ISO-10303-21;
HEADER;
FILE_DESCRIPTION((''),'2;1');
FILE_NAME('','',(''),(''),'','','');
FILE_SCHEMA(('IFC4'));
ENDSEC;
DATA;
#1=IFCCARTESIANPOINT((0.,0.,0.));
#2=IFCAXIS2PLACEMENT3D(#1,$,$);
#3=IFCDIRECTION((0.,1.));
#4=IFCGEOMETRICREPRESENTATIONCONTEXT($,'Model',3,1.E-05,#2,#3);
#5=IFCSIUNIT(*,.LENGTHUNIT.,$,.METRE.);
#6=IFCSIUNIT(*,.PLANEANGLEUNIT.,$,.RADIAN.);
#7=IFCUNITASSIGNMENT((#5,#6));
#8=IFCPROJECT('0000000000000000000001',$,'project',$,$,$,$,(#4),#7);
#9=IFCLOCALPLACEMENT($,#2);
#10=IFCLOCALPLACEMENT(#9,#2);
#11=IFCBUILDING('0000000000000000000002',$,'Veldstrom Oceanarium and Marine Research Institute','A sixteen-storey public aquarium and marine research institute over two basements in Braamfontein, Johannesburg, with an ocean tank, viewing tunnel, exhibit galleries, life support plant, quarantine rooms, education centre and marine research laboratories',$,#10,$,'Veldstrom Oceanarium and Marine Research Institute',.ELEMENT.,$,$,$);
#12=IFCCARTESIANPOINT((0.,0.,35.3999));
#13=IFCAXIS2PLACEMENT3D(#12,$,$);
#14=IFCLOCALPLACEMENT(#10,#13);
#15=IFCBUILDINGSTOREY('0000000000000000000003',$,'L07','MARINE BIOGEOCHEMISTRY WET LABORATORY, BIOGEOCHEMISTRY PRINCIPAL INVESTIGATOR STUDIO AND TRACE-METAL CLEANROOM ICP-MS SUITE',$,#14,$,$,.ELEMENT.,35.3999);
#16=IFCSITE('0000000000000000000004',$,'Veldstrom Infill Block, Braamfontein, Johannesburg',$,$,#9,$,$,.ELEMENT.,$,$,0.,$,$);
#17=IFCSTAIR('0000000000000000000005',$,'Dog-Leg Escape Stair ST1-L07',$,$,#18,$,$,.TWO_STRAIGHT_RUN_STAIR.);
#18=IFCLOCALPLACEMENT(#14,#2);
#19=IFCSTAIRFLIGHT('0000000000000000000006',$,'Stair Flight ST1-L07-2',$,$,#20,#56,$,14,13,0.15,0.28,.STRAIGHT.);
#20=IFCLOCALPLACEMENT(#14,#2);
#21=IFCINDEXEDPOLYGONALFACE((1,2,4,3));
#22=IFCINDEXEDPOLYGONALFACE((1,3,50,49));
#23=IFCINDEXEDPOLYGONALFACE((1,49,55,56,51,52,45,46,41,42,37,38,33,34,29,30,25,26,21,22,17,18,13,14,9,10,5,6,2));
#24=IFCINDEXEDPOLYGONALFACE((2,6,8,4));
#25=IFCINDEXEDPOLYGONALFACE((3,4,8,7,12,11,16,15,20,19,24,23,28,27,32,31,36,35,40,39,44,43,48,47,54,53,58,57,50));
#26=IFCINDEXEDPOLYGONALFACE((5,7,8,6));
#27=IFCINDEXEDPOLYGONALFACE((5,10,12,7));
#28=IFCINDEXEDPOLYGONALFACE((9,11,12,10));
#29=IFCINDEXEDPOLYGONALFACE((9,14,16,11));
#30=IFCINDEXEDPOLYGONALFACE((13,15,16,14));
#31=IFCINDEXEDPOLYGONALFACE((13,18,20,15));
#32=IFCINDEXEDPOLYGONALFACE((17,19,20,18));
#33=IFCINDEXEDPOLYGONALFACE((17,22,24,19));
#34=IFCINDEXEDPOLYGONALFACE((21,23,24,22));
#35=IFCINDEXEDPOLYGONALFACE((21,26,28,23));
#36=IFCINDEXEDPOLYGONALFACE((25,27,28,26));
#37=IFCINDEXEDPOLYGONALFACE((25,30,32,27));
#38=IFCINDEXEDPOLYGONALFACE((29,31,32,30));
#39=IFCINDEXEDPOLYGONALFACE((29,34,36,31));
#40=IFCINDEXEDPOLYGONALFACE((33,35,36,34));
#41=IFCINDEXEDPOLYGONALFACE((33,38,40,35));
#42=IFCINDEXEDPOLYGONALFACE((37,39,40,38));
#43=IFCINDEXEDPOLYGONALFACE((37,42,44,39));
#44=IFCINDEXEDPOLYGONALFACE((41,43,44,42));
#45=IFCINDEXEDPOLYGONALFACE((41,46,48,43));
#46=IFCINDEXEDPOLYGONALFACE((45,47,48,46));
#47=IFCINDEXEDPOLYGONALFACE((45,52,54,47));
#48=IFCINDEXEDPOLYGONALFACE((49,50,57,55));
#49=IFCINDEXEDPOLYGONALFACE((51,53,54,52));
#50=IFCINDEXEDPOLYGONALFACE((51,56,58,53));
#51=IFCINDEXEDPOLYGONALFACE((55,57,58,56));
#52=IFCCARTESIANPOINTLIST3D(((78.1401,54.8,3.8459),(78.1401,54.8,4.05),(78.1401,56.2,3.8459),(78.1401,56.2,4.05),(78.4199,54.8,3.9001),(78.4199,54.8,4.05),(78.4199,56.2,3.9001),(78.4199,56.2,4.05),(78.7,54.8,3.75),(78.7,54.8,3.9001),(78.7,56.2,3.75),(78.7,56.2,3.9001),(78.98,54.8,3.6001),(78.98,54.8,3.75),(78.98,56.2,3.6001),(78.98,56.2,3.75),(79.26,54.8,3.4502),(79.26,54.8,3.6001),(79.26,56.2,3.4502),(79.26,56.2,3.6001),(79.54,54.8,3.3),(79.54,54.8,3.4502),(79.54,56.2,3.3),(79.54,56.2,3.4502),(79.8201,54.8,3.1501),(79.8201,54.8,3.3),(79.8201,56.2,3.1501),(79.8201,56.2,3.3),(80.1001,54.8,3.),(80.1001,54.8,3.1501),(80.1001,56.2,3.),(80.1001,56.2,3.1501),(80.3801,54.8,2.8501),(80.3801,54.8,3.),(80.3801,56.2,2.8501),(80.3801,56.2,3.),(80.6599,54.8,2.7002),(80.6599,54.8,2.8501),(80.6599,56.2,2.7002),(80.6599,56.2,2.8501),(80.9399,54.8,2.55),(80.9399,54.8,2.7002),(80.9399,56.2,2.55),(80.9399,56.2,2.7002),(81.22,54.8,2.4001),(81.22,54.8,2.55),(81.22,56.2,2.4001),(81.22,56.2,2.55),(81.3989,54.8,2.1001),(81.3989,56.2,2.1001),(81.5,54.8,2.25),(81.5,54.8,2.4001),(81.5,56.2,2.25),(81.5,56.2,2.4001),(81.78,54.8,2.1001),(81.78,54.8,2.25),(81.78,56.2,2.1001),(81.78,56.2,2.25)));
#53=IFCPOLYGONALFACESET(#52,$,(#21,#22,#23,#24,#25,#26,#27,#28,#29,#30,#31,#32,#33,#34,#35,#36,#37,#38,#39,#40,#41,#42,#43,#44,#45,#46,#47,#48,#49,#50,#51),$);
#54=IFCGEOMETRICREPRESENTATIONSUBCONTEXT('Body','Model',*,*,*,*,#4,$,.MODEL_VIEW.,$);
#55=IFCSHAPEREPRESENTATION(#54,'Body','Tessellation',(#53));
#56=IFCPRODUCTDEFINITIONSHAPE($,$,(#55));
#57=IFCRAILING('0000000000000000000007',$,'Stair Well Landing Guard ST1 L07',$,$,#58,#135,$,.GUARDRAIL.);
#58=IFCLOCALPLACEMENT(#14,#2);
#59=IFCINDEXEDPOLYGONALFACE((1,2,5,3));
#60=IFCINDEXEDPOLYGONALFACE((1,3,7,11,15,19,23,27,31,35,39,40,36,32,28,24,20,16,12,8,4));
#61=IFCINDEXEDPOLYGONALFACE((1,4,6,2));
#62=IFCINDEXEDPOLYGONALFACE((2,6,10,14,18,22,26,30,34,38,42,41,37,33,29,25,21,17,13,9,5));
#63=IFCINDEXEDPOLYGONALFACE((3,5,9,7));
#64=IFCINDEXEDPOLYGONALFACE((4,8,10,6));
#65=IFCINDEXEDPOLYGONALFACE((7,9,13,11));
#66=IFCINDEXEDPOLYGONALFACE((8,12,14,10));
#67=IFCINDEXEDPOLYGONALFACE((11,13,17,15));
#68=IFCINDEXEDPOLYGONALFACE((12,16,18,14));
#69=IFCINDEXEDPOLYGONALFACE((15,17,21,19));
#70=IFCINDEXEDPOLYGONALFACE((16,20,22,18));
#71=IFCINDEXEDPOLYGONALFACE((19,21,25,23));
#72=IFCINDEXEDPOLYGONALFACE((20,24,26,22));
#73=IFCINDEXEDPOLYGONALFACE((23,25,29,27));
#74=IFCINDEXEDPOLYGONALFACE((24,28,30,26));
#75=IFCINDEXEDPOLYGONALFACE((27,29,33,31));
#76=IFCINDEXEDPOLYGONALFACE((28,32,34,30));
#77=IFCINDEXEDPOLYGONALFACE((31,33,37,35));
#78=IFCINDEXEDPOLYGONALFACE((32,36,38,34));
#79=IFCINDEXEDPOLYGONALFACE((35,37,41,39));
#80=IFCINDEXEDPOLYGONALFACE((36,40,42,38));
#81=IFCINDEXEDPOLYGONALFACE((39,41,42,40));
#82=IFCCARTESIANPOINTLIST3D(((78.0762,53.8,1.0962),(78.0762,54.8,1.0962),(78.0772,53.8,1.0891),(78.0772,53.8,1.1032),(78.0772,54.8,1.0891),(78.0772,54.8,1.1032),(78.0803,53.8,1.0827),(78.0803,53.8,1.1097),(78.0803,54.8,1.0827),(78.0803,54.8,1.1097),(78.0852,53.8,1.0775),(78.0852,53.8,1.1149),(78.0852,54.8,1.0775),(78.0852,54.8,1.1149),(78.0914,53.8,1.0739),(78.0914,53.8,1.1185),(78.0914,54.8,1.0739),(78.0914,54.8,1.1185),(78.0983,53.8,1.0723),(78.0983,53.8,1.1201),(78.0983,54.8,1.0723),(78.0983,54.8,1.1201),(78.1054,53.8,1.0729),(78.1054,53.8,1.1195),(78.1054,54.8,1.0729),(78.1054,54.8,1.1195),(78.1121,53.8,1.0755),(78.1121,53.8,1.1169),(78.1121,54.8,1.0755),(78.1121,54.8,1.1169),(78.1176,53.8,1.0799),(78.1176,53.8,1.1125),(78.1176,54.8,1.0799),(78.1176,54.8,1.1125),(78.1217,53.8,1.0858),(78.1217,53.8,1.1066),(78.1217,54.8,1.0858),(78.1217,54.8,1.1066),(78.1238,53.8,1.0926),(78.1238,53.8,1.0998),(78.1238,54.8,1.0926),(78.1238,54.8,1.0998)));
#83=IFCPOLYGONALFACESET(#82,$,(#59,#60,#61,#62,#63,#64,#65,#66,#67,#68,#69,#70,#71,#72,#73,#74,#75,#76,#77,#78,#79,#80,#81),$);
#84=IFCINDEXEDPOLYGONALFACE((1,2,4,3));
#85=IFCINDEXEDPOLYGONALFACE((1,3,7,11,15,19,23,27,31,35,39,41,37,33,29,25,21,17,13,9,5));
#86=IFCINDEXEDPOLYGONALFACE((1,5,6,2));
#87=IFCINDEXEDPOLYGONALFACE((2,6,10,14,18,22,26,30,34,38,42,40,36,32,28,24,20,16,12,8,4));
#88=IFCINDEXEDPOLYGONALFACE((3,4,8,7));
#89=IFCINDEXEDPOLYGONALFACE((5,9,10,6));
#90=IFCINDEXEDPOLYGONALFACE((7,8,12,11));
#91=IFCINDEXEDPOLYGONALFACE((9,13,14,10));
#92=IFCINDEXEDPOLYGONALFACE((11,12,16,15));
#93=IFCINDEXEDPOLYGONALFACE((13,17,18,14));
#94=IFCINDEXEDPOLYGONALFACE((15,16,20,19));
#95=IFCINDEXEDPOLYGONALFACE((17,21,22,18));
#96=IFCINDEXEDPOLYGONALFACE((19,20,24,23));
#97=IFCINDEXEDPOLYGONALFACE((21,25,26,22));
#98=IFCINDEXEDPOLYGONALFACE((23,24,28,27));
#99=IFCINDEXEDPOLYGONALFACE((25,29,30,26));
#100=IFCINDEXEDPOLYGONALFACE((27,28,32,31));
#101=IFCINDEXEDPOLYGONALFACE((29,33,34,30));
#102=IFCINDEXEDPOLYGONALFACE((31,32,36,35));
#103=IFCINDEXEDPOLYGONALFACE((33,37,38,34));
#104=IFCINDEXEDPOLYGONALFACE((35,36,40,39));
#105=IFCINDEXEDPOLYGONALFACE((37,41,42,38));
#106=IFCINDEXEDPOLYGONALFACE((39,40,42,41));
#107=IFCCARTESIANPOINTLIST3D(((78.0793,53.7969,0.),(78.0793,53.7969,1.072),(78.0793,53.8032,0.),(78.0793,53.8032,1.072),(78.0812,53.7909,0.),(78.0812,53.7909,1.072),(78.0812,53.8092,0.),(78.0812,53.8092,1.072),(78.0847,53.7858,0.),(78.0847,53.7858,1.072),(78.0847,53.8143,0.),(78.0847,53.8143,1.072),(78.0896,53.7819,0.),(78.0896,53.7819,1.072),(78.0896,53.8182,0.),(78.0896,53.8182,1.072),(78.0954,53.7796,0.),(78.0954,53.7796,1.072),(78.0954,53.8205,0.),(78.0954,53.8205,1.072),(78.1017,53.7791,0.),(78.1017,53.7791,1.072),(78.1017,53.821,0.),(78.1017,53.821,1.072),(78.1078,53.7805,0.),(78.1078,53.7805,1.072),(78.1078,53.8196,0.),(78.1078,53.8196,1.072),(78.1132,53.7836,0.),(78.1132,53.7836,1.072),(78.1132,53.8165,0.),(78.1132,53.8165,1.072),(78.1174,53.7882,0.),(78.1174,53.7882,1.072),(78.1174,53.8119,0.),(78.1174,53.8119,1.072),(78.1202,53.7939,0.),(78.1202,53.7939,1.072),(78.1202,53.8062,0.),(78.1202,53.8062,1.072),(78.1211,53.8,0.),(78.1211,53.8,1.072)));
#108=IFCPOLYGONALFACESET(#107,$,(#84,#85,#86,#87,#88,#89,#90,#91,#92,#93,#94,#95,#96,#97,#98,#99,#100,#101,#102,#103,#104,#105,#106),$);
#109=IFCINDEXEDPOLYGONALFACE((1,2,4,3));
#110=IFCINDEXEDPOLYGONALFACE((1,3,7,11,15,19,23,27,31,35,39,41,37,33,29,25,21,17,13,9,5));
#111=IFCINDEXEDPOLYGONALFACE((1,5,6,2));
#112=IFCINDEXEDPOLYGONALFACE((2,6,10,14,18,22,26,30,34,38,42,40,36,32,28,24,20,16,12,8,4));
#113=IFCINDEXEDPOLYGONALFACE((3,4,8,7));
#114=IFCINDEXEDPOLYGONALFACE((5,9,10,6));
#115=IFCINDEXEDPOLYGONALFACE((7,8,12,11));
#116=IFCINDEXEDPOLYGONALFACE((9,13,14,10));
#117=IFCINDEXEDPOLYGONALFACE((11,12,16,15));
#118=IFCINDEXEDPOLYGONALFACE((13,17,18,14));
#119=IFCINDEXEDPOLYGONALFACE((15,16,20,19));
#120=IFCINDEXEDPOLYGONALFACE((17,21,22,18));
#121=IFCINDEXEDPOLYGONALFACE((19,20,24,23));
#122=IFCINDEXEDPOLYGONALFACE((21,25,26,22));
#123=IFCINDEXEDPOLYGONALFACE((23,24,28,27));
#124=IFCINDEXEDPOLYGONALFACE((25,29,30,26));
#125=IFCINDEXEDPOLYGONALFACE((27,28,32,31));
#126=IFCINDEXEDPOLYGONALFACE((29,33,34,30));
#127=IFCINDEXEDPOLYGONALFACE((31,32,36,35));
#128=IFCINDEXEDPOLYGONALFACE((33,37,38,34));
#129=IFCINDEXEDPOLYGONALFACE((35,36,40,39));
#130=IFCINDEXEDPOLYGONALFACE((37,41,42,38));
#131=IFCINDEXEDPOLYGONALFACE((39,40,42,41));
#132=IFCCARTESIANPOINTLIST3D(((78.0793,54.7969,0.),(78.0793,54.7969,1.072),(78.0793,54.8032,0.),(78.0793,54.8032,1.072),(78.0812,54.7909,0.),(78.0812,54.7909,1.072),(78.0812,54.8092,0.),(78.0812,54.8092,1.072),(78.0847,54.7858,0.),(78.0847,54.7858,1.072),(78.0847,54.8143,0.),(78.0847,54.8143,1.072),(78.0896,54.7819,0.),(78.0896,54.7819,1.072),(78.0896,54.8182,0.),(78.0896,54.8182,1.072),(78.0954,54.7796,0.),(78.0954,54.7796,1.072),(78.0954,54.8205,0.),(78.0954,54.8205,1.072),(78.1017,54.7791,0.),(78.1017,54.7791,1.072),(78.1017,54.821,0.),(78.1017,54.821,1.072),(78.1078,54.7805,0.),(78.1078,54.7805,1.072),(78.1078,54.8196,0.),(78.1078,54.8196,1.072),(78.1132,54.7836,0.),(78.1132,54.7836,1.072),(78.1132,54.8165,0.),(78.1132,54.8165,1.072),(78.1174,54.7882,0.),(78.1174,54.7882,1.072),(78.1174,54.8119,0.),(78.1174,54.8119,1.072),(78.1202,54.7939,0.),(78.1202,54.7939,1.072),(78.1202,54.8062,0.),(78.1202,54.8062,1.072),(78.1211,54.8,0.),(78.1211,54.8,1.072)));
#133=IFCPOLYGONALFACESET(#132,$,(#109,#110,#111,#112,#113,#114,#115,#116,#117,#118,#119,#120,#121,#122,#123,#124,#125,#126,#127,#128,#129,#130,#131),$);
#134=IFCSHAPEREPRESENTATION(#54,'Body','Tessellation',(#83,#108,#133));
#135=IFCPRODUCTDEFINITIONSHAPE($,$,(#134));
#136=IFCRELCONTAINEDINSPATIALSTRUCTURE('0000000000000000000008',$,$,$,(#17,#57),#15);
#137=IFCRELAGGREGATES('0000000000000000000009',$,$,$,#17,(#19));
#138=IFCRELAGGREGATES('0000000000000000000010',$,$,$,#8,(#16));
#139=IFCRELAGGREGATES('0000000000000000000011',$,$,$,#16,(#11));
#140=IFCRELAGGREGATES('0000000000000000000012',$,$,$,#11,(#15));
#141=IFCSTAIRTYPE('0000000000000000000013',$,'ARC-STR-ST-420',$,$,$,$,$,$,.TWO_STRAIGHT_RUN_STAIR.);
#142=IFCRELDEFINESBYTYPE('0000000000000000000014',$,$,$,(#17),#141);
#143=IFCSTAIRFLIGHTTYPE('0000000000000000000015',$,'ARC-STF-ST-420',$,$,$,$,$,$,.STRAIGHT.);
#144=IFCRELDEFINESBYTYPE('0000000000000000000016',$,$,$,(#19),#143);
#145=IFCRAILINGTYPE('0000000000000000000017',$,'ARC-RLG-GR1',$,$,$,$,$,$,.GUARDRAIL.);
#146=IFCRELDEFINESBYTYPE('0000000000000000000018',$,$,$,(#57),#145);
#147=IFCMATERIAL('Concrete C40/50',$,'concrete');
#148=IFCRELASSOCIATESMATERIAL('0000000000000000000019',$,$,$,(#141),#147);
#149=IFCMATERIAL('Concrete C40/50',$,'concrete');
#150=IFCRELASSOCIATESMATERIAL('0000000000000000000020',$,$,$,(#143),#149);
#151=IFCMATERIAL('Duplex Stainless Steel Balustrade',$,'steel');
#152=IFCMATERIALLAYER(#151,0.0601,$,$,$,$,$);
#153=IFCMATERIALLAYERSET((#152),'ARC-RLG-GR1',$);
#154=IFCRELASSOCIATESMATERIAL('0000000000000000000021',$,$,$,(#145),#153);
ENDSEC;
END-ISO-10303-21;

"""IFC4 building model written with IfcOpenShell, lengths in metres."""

from ifc_helpers import new_model, si_unit, direction, frame, origin, origin_2d, place, context, subcontext, project, spatial, polyline, circle, outline, extrude, material, layer, layer_set, type_object, element, aggregate, save


model = new_model("IFC4")

# Units and contexts
model_context = context("Model", 3, precision=1e-05, world=origin(), true_north=direction((0.0, 1.0)))
body_context = subcontext(model_context, "Body", "Model", "MODEL_VIEW")
ifc_project = project(units=[si_unit("LENGTHUNIT", "METRE"), si_unit("PLANEANGLEUNIT", "RADIAN")], contexts=[model_context])

# Site, building, storey
site_placement = place(None, origin())
site = spatial("IfcSite", under=ifc_project, at=site_placement, Name="Veldstrom Infill Block, Braamfontein, Johannesburg", CompositionType="ELEMENT", RefElevation=0.0)
building_placement = place(site_placement, origin())
building = spatial("IfcBuilding", under=site, at=building_placement, Name="Veldstrom Oceanarium and Marine Research Institute", Description="A sixteen-storey public aquarium and marine research institute over two basements in Braamfontein, Johannesburg, with an ocean tank, viewing tunnel, exhibit galleries, life support plant, quarantine rooms, education centre and marine research laboratories", LongName="Veldstrom Oceanarium and Marine Research Institute", CompositionType="ELEMENT")
storey_placement = place(building_placement, frame((0.0, 0.0, 35.3999)))
storey = spatial("IfcBuildingStorey", under=building, at=storey_placement, Name="L07", Description="MARINE BIOGEOCHEMISTRY WET LABORATORY, BIOGEOCHEMISTRY PRINCIPAL INVESTIGATOR STUDIO AND TRACE-METAL CLEANROOM ICP-MS SUITE", CompositionType="ELEMENT", Elevation=35.3999)

# Stair, stair flight
ifc_material_1 = material(Name="Concrete C40/50", Category="concrete")
stair_type = type_object("IfcStairType", Name="ARC-STR-ST-420", PredefinedType="TWO_STRAIGHT_RUN_STAIR", material=ifc_material_1)
stair_placement = place(storey_placement, origin())
stair = element("IfcStair", 1, at=stair_placement, inside=storey, type_object=stair_type, Name="Dog-Leg Escape Stair ST1-L07", PredefinedType="TWO_STRAIGHT_RUN_STAIR")
ifc_material_2 = material(Name="Concrete C40/50", Category="concrete")
stair_flight_type = type_object("IfcStairFlightType", Name="ARC-STF-ST-420", PredefinedType="STRAIGHT", material=ifc_material_2)
stair_flight_1_placement = place(storey_placement, frame((81.78, 55.5, 2.1001), z_axis=(0.0, 0.0, 1.0), x_axis=(-1.0, 0.0, 0.0)))
stair_flight_1 = element("IfcStairFlight", 2, at=stair_flight_1_placement, type_object=stair_flight_type, Name="Stair Flight ST1-L07-2", NumberOfRisers=14, NumberOfTreads=13, PredefinedType="STRAIGHT", RiserHeight=0.15, TreadLength=0.28, context=body_context, shape_type="SweptSolid", body=[
    extrude(outline(polyline([(0.0, 0.0), (0.0, 0.1499), (0.28, 0.1499), (0.28, 0.3), (0.5601, 0.3), (0.5601, 0.45), (0.8401, 0.45), (0.8401, 0.6001), (1.1201, 0.6001), (1.1201, 0.75), (1.3999, 0.75), (1.3999, 0.8999), (1.6799, 0.8999), (1.6799, 1.05), (1.96, 1.05), (1.96, 1.2), (2.24, 1.2), (2.24, 1.3501), (2.52, 1.3501), (2.52, 1.5), (2.8, 1.5), (2.8, 1.6499), (3.0801, 1.6499), (3.0801, 1.8), (3.3601, 1.8), (3.3601, 1.95), (3.6399, 1.95), (3.6399, 2.1001), (3.6399, 1.7458), (0.3811, 0.0), (0.0, 0.0)])), frame((0.0, 0.7, 0.0), z_axis=(0.0, -1.0, 0.0), x_axis=(1.0, 0.0, 0.0)), (0.0, 0.0, 1.0), 1.3999),
])
aggregate(stair, [stair_flight_1])

# Railing
ifc_material_3 = material(Name="Duplex Stainless Steel Balustrade", Category="steel")
ifc_layer_1 = layer(ifc_material_3, 0.0601)
ifc_layer_set_1 = layer_set([ifc_layer_1], Name="ARC-RLG-GR1")
railing_type_1 = type_object("IfcRailingType", Name="ARC-RLG-GR1", PredefinedType="GUARDRAIL", material=ifc_layer_set_1)
railing_1_placement = place(storey_placement, frame((78.1001, 53.8, 0.0)))
element("IfcRailing", 3, at=railing_1_placement, inside=storey, type_object=railing_type_1, Name="Stair Well Landing Guard ST1 L07", PredefinedType="GUARDRAIL", context=body_context, shape_type="SweptSolid", body=[
    extrude(circle(Radius=0.0239, at=origin_2d()), frame((0.0, 0.0, 1.0962), z_axis=(0.0, 1.0, 0.0), x_axis=(-1.0, 0.0, 0.0)), (0.0, 0.0, 1.0), 1.0),
    extrude(circle(Radius=0.021, at=origin_2d()), origin(), (0.0, 0.0, 1.0), 1.072),
    extrude(circle(Radius=0.021, at=origin_2d()), frame((0.0, 1.0, 0.0)), (0.0, 0.0, 1.0), 1.072),
])

save(model, "model.ifc")
